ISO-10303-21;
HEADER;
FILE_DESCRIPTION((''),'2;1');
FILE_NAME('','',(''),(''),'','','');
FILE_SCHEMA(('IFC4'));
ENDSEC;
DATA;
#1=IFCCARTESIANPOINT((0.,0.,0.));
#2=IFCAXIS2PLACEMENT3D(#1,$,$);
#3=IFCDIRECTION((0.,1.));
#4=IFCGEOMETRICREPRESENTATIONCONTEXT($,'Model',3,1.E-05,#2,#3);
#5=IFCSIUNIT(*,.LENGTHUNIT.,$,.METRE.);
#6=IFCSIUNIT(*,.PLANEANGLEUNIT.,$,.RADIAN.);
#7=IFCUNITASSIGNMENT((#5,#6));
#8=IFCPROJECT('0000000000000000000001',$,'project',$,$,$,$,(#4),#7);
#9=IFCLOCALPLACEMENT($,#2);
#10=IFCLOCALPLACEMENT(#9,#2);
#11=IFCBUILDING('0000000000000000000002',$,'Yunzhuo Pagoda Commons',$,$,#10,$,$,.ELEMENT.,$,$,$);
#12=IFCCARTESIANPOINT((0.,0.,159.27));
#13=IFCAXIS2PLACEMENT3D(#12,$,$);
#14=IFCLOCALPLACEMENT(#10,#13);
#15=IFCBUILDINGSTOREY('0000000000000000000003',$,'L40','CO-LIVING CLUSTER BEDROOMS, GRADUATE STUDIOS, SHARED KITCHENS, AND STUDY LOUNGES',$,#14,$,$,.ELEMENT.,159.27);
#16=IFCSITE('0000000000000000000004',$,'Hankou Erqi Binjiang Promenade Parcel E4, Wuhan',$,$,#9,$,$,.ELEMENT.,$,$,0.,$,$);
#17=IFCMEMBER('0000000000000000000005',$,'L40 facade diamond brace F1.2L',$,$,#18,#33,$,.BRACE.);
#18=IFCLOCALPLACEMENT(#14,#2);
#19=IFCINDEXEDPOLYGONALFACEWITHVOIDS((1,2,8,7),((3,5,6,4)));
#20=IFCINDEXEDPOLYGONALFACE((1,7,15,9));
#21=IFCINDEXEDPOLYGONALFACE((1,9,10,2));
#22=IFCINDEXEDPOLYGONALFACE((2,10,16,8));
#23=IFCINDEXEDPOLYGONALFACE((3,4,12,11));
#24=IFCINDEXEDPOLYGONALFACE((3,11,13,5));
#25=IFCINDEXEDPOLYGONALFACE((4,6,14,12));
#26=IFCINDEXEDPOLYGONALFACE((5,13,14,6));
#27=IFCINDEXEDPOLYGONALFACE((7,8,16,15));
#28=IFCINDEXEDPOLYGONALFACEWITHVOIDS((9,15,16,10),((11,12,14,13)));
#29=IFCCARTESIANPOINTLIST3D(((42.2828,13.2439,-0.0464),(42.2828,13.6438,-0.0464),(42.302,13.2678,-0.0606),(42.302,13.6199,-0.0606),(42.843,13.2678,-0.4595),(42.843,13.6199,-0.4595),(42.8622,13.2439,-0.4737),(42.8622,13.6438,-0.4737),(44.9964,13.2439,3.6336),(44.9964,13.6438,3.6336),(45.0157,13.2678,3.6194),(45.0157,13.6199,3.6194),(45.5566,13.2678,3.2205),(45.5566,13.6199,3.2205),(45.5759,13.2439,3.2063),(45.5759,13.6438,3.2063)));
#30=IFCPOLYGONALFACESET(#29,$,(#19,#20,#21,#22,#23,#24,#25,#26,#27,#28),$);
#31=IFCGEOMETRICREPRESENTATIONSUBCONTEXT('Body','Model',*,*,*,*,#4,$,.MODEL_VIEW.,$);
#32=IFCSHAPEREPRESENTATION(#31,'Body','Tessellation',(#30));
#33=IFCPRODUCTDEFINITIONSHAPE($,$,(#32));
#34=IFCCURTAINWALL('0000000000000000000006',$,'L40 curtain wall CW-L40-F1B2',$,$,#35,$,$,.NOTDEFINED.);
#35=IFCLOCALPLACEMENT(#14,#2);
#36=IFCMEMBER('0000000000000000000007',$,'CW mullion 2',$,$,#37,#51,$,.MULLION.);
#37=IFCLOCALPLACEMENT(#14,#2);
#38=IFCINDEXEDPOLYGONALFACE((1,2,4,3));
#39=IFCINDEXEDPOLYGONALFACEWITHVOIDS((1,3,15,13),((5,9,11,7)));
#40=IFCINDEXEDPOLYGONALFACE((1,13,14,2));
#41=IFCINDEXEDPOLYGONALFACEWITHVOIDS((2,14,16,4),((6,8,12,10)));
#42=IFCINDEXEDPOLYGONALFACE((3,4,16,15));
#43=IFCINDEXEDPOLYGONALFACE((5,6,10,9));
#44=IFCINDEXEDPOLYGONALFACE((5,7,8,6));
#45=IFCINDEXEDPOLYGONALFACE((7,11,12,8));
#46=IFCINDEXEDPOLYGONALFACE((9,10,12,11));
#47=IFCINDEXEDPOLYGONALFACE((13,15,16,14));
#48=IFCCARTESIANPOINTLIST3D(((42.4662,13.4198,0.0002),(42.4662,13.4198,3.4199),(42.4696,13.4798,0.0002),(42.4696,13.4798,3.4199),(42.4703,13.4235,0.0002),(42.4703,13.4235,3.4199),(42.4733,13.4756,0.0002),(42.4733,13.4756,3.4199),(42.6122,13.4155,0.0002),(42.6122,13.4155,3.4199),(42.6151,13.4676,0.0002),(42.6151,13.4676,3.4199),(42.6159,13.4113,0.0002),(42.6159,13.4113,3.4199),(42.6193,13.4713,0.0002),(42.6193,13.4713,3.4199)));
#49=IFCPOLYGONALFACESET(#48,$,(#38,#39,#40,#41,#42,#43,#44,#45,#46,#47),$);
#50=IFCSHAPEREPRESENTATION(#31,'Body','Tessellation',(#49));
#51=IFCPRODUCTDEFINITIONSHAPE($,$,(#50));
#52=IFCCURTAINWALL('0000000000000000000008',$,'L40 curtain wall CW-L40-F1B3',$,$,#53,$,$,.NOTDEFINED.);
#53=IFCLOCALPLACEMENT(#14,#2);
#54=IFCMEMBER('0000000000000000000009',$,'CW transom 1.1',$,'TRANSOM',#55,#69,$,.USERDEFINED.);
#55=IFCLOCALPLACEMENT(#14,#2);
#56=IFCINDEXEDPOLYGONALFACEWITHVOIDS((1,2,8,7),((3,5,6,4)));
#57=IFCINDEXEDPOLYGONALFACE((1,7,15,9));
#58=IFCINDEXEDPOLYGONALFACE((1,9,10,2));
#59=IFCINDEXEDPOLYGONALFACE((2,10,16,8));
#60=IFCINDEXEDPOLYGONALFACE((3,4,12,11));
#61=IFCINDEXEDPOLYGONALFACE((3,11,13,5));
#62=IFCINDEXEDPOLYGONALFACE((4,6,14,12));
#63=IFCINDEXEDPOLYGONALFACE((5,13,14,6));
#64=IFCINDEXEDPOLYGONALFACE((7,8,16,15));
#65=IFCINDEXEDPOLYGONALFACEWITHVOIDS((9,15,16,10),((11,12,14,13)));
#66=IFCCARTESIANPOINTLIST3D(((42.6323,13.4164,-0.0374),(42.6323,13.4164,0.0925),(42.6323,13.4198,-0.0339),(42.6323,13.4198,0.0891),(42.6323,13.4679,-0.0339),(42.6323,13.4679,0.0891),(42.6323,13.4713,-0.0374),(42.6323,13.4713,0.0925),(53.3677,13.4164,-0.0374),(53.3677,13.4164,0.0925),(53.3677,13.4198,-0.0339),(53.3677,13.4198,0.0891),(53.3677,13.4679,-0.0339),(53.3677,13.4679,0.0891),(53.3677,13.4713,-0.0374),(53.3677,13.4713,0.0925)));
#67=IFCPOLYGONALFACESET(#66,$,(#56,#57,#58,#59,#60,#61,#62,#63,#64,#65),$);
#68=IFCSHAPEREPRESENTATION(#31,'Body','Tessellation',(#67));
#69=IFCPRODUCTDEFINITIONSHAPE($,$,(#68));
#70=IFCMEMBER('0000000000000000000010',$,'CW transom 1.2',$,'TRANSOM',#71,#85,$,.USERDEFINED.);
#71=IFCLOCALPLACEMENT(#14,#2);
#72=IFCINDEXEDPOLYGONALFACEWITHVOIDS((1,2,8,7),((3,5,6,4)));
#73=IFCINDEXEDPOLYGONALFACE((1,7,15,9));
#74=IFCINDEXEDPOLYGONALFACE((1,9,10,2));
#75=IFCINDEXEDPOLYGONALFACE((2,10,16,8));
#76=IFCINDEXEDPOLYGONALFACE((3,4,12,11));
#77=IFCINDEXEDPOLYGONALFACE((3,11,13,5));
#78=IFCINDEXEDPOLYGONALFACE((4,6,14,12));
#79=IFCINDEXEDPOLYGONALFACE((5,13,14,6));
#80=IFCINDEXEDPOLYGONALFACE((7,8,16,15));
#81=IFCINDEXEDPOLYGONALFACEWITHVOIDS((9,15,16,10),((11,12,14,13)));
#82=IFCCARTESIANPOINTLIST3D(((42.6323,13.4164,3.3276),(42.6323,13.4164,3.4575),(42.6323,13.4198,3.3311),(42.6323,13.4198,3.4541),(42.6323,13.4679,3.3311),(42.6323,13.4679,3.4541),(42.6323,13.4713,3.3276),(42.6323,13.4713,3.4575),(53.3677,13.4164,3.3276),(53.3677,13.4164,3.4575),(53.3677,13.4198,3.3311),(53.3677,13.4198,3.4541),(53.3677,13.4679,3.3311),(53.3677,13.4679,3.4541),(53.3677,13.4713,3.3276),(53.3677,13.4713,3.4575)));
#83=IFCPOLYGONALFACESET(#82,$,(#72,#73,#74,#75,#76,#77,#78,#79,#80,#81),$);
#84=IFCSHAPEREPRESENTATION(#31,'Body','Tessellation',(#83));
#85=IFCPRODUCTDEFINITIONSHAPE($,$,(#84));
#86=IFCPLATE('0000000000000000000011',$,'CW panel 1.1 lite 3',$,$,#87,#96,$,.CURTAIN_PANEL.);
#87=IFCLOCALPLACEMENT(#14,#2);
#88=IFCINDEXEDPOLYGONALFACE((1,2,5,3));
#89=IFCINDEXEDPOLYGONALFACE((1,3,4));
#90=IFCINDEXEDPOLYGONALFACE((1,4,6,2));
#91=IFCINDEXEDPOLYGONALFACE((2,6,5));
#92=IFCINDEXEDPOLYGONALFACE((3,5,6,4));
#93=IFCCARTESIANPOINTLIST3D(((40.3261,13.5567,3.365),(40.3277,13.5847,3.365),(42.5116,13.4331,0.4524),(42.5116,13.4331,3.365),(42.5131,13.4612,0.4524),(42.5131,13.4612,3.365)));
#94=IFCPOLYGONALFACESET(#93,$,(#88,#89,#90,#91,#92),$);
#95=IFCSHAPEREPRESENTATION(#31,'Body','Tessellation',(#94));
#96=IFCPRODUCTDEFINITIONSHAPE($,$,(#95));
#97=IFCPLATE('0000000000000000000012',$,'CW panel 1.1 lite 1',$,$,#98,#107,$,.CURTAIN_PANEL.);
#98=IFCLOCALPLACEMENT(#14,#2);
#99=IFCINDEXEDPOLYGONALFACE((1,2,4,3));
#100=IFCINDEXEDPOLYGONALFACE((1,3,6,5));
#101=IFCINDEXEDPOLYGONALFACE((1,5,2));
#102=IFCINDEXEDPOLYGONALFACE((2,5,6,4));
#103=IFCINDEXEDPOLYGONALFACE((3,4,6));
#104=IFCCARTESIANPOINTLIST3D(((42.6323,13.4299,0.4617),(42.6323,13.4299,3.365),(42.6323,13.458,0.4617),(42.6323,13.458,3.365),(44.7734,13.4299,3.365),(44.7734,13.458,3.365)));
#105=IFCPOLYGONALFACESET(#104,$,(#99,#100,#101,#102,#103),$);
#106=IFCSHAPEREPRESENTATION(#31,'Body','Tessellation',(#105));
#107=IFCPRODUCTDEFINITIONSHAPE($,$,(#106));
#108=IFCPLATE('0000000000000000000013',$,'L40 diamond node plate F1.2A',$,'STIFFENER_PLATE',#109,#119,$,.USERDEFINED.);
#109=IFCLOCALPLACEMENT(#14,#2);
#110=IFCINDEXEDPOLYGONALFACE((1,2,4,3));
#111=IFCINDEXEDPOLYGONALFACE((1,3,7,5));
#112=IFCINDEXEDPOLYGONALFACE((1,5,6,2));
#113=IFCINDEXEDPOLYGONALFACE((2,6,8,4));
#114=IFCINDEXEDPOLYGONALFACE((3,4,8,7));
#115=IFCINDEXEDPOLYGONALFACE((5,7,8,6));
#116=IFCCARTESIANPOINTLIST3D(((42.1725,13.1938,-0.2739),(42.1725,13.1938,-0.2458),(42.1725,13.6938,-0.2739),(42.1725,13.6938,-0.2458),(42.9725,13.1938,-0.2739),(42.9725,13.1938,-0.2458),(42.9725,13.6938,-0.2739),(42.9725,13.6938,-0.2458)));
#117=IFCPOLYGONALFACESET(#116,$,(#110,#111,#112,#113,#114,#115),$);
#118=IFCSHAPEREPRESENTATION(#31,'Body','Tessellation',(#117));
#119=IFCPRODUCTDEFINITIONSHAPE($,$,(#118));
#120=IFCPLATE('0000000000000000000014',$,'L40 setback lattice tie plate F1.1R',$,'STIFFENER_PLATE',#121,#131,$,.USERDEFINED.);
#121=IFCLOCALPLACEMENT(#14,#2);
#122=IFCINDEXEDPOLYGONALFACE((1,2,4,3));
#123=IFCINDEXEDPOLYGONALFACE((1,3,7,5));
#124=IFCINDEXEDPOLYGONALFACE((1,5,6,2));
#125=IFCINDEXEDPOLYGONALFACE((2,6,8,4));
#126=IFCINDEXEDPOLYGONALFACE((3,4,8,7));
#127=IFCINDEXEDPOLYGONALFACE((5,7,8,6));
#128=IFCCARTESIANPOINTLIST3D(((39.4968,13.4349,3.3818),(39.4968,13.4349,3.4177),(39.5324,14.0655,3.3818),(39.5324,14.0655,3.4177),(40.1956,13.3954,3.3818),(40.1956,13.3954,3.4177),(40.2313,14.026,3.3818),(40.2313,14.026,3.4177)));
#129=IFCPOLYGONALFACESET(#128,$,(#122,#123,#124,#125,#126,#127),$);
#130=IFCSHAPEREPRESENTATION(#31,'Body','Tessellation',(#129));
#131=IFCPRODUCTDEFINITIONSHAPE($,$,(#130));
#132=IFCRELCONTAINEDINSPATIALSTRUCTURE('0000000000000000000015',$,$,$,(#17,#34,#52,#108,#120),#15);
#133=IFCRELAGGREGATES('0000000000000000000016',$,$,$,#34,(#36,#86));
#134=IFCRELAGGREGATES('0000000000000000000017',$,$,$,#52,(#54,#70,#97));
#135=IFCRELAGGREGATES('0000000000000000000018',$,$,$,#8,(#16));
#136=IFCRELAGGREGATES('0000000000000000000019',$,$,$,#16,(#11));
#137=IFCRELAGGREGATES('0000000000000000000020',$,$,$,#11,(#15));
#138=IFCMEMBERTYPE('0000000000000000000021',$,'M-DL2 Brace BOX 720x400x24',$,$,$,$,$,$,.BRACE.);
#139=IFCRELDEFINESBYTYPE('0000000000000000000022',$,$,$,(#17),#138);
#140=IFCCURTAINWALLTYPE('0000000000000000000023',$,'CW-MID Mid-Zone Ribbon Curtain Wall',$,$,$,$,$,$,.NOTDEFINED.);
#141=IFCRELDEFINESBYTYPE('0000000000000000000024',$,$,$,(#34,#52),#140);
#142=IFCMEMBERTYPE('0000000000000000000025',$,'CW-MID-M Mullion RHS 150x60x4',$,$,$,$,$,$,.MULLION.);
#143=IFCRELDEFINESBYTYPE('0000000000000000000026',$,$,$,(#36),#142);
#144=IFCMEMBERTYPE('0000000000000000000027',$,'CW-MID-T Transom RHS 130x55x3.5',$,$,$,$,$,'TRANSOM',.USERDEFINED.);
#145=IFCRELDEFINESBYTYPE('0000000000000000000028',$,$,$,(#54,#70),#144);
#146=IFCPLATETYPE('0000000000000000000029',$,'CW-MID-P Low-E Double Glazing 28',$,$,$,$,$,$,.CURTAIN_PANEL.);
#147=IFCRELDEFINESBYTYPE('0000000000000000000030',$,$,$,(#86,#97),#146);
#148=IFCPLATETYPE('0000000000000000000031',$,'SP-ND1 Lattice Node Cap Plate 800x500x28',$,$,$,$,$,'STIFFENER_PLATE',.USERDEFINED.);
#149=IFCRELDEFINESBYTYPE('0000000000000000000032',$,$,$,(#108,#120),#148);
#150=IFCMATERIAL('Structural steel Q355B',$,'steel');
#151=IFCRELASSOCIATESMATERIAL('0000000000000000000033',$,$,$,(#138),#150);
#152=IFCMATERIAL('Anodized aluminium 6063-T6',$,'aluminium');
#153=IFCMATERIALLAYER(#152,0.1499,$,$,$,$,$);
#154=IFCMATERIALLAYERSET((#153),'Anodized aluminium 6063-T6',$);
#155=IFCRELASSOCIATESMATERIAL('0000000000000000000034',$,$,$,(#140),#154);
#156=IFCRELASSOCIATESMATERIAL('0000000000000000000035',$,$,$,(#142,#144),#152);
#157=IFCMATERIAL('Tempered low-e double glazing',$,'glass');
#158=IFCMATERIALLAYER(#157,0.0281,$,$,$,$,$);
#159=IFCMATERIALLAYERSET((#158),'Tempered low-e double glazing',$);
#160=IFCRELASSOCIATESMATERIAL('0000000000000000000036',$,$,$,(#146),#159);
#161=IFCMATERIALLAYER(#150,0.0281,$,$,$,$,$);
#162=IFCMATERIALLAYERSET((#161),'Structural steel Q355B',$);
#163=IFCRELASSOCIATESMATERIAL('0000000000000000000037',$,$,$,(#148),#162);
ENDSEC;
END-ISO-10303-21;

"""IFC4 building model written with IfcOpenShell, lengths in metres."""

from ifc_helpers import new_model, si_unit, direction, frame, origin, origin_2d, place, context, subcontext, project, spatial, polyline, rectangle, hollow_rectangle, outline, extrude, source, transform, mapped, material, layer, layer_set, material_profile, profile_set, type_object, element, aggregate, save


model = new_model("IFC4")

# Units and contexts
model_context = context("Model", 3, precision=1e-05, world=origin(), true_north=direction((0.0, 1.0)))
body_context = subcontext(model_context, "Body", "Model", "MODEL_VIEW")
ifc_project = project(units=[si_unit("LENGTHUNIT", "METRE"), si_unit("PLANEANGLEUNIT", "RADIAN")], contexts=[model_context])

# Site, building, storey
site_placement = place(None, origin())
site = spatial("IfcSite", under=ifc_project, at=site_placement, Name="Hankou Erqi Binjiang Promenade Parcel E4, Wuhan", CompositionType="ELEMENT", RefElevation=0.0)
building_placement = place(site_placement, origin())
building = spatial("IfcBuilding", under=site, at=building_placement, Name="Yunzhuo Pagoda Commons", CompositionType="ELEMENT")
storey_placement = place(building_placement, frame((0.0, 0.0, 159.27)))
storey = spatial("IfcBuildingStorey", under=building, at=storey_placement, Name="L40", Description="CO-LIVING CLUSTER BEDROOMS, GRADUATE STUDIOS, SHARED KITCHENS, AND STUDY LOUNGES", CompositionType="ELEMENT", Elevation=159.27)

# Shared definitions
ifc_material_1 = material(Name="Structural steel Q355B", Category="steel")

# Member
ifc_material_profile_1 = material_profile(ifc_material_1, hollow_rectangle(XDim=0.3999, YDim=0.72, WallThickness=0.0239, at=origin_2d()), Name="Structural steel Q355B")
ifc_profile_set_1 = profile_set([ifc_material_profile_1], Name="Structural steel Q355B")
member_type_1 = type_object("IfcMemberType", Name="M-DL2 Brace BOX 720x400x24", PredefinedType="BRACE", material=ifc_profile_set_1)
shared_shape_1 = source(origin(), body_context, "Body", "SweptSolid", [
    extrude(hollow_rectangle(XDim=0.3999, YDim=0.72, WallThickness=0.0239, at=origin_2d()), origin(), (0.0, 0.0, 1.0), 4.5723),
])
member_1_placement = place(storey_placement, frame((42.5725, 13.4438, -0.26), z_axis=(0.593496, 0.0, 0.804837), x_axis=(0.0, 1.0, 0.0)))
element("IfcMember", 1, at=member_1_placement, inside=storey, type_object=member_type_1, Name="L40 facade diamond brace F1.2L", PredefinedType="BRACE", context=body_context, shape_type="MappedRepresentation", body=[
    mapped(shared_shape_1, transform((0.0, 0.0, 0.0), scale=1.0)),
])

# Curtain wall, member
ifc_material_2 = material(Name="Anodized aluminium 6063-T6", Category="aluminium")
ifc_layer_1 = layer(ifc_material_2, 0.1499)
ifc_layer_set_1 = layer_set([ifc_layer_1], Name="Anodized aluminium 6063-T6")
curtain_wall_type = type_object("IfcCurtainWallType", Name="CW-MID Mid-Zone Ribbon Curtain Wall", PredefinedType="NOTDEFINED", material=ifc_layer_set_1)
curtain_wall_1_placement = place(storey_placement, origin())
curtain_wall_1 = element("IfcCurtainWall", 2, at=curtain_wall_1_placement, inside=storey, type_object=curtain_wall_type, Name="L40 curtain wall CW-L40-F1B2", PredefinedType="NOTDEFINED")
ifc_material_profile_2 = material_profile(ifc_material_2, hollow_rectangle(XDim=0.0601, YDim=0.1499, WallThickness=0.0039, at=origin_2d()), Name="Anodized aluminium 6063-T6")
ifc_profile_set_2 = profile_set([ifc_material_profile_2], Name="Anodized aluminium 6063-T6")
member_type_2 = type_object("IfcMemberType", Name="CW-MID-M Mullion RHS 150x60x4", PredefinedType="MULLION", material=ifc_profile_set_2)
shared_shape_2 = source(origin(), body_context, "Body", "SweptSolid", [
    extrude(hollow_rectangle(XDim=0.0601, YDim=0.1499, WallThickness=0.0039, at=origin_2d()), origin(), (0.0, 0.0, 1.0), 3.4197),
])
member_2_placement = place(storey_placement, frame((42.5427, 13.4456, 0.0002), z_axis=(0.0, 0.0, 1.0), x_axis=(0.056459, 0.998405, 0.0)))
member_2 = element("IfcMember", 3, at=member_2_placement, type_object=member_type_2, Name="CW mullion 2", PredefinedType="MULLION", context=body_context, shape_type="MappedRepresentation", body=[
    mapped(shared_shape_2, transform((0.0, 0.0, 0.0), scale=1.0)),
])

# Curtain wall, members
curtain_wall_2_placement = place(storey_placement, origin())
curtain_wall_2 = element("IfcCurtainWall", 4, at=curtain_wall_2_placement, inside=storey, type_object=curtain_wall_type, Name="L40 curtain wall CW-L40-F1B3", PredefinedType="NOTDEFINED")
ifc_material_profile_3 = material_profile(ifc_material_2, hollow_rectangle(XDim=0.0549, YDim=0.1299, WallThickness=0.0034, at=origin_2d()), Name="Anodized aluminium 6063-T6")
ifc_profile_set_3 = profile_set([ifc_material_profile_3], Name="Anodized aluminium 6063-T6")
member_type_3 = type_object("IfcMemberType", Name="CW-MID-T Transom RHS 130x55x3.5", ElementType="TRANSOM", PredefinedType="USERDEFINED", material=ifc_profile_set_3)
shared_shape_3 = source(origin(), body_context, "Body", "SweptSolid", [
    extrude(hollow_rectangle(XDim=0.0549, YDim=0.1299, WallThickness=0.0034, at=origin_2d()), origin(), (0.0, 0.0, 1.0), 10.7354),
])
member_3_placement = place(storey_placement, frame((42.6323, 13.4438, 0.0276), z_axis=(1.0, 0.0, 0.0), x_axis=(0.0, 1.0, 0.0)))
member_3 = element("IfcMember", 5, at=member_3_placement, type_object=member_type_3, Name="CW transom 1.1", ObjectType="TRANSOM", PredefinedType="USERDEFINED", context=body_context, shape_type="MappedRepresentation", body=[
    mapped(shared_shape_3, transform((0.0, 0.0, 0.0), scale=1.0)),
])
member_4_placement = place(storey_placement, frame((42.6323, 13.4438, 3.3926), z_axis=(1.0, 0.0, 0.0), x_axis=(0.0, 1.0, 0.0)))
member_4 = element("IfcMember", 6, at=member_4_placement, type_object=member_type_3, Name="CW transom 1.2", ObjectType="TRANSOM", PredefinedType="USERDEFINED", context=body_context, shape_type="MappedRepresentation", body=[
    mapped(shared_shape_3, transform((0.0, 0.0, 0.0), scale=1.0)),
])

# Plates
ifc_material_3 = material(Name="Tempered low-e double glazing", Category="glass")
ifc_layer_2 = layer(ifc_material_3, 0.0281)
ifc_layer_set_2 = layer_set([ifc_layer_2], Name="Tempered low-e double glazing")
plate_type_1 = type_object("IfcPlateType", Name="CW-MID-P Low-E Double Glazing 28", PredefinedType="CURTAIN_PANEL", material=ifc_layer_set_2)
plate_1_placement = place(storey_placement, frame((41.4204, 13.5229, 1.9087), z_axis=(-0.056459, -0.998405, 0.0), x_axis=(0.998405, -0.056459, 0.0)))
plate_1 = element("IfcPlate", 7, at=plate_1_placement, type_object=plate_type_1, Name="CW panel 1.1 lite 3", PredefinedType="CURTAIN_PANEL", context=body_context, shape_type="SweptSolid", body=[
    extrude(outline(polyline([(-1.0945, 1.4563), (1.0945, -1.4563), (1.0945, 1.4563), (-1.0945, 1.4563)])), origin(), (0.0, 0.0, 1.0), 0.0281),
])
aggregate(curtain_wall_1, [member_2, plate_1])
plate_2_placement = place(storey_placement, frame((43.7029, 13.458, 1.9133), z_axis=(0.0, -1.0, 0.0), x_axis=(1.0, 0.0, 0.0)))
plate_2 = element("IfcPlate", 8, at=plate_2_placement, type_object=plate_type_1, Name="CW panel 1.1 lite 1", PredefinedType="CURTAIN_PANEL", context=body_context, shape_type="SweptSolid", body=[
    extrude(outline(polyline([(-1.0706, -1.4517), (1.0706, 1.4517), (-1.0706, 1.4517), (-1.0706, -1.4517)])), origin(), (0.0, 0.0, 1.0), 0.0281),
])
aggregate(curtain_wall_2, [member_3, member_4, plate_2])

# Plates
ifc_layer_3 = layer(ifc_material_1, 0.0281)
ifc_layer_set_3 = layer_set([ifc_layer_3], Name="Structural steel Q355B")
plate_type_2 = type_object("IfcPlateType", Name="SP-ND1 Lattice Node Cap Plate 800x500x28", ElementType="STIFFENER_PLATE", PredefinedType="USERDEFINED", material=ifc_layer_set_3)
shared_shape_4 = source(origin(), body_context, "Body", "SweptSolid", [
    extrude(rectangle(XDim=0.8, YDim=0.5, at=origin_2d()), origin(), (0.0, 0.0, 1.0), 0.0281),
])
plate_3_placement = place(storey_placement, frame((42.5725, 13.4438, -0.2739), z_axis=(0.0, 0.0, 1.0), x_axis=(1.0, 0.0, 0.0)))
element("IfcPlate", 9, at=plate_3_placement, inside=storey, type_object=plate_type_2, Name="L40 diamond node plate F1.2A", ObjectType="STIFFENER_PLATE", PredefinedType="USERDEFINED", context=body_context, shape_type="MappedRepresentation", body=[
    mapped(shared_shape_4, transform((0.0, 0.0, 0.0), scale=1.0)),
])
shared_shape_5 = source(origin(), body_context, "Body", "SweptSolid", [
    extrude(rectangle(XDim=0.7, YDim=0.6316, at=origin_2d()), origin(), (0.0, 0.0, 1.0), 0.0359),
])
plate_4_placement = place(storey_placement, frame((39.864, 13.7305, 3.3818), z_axis=(0.0, 0.0, 1.0), x_axis=(0.998405, -0.056466, 0.0)))
element("IfcPlate", 10, at=plate_4_placement, inside=storey, type_object=plate_type_2, Name="L40 setback lattice tie plate F1.1R", ObjectType="STIFFENER_PLATE", PredefinedType="USERDEFINED", context=body_context, shape_type="MappedRepresentation", body=[
    mapped(shared_shape_5, transform((0.0, 0.0, 0.0), scale=1.0)),
])

save(model, "model.ifc")
